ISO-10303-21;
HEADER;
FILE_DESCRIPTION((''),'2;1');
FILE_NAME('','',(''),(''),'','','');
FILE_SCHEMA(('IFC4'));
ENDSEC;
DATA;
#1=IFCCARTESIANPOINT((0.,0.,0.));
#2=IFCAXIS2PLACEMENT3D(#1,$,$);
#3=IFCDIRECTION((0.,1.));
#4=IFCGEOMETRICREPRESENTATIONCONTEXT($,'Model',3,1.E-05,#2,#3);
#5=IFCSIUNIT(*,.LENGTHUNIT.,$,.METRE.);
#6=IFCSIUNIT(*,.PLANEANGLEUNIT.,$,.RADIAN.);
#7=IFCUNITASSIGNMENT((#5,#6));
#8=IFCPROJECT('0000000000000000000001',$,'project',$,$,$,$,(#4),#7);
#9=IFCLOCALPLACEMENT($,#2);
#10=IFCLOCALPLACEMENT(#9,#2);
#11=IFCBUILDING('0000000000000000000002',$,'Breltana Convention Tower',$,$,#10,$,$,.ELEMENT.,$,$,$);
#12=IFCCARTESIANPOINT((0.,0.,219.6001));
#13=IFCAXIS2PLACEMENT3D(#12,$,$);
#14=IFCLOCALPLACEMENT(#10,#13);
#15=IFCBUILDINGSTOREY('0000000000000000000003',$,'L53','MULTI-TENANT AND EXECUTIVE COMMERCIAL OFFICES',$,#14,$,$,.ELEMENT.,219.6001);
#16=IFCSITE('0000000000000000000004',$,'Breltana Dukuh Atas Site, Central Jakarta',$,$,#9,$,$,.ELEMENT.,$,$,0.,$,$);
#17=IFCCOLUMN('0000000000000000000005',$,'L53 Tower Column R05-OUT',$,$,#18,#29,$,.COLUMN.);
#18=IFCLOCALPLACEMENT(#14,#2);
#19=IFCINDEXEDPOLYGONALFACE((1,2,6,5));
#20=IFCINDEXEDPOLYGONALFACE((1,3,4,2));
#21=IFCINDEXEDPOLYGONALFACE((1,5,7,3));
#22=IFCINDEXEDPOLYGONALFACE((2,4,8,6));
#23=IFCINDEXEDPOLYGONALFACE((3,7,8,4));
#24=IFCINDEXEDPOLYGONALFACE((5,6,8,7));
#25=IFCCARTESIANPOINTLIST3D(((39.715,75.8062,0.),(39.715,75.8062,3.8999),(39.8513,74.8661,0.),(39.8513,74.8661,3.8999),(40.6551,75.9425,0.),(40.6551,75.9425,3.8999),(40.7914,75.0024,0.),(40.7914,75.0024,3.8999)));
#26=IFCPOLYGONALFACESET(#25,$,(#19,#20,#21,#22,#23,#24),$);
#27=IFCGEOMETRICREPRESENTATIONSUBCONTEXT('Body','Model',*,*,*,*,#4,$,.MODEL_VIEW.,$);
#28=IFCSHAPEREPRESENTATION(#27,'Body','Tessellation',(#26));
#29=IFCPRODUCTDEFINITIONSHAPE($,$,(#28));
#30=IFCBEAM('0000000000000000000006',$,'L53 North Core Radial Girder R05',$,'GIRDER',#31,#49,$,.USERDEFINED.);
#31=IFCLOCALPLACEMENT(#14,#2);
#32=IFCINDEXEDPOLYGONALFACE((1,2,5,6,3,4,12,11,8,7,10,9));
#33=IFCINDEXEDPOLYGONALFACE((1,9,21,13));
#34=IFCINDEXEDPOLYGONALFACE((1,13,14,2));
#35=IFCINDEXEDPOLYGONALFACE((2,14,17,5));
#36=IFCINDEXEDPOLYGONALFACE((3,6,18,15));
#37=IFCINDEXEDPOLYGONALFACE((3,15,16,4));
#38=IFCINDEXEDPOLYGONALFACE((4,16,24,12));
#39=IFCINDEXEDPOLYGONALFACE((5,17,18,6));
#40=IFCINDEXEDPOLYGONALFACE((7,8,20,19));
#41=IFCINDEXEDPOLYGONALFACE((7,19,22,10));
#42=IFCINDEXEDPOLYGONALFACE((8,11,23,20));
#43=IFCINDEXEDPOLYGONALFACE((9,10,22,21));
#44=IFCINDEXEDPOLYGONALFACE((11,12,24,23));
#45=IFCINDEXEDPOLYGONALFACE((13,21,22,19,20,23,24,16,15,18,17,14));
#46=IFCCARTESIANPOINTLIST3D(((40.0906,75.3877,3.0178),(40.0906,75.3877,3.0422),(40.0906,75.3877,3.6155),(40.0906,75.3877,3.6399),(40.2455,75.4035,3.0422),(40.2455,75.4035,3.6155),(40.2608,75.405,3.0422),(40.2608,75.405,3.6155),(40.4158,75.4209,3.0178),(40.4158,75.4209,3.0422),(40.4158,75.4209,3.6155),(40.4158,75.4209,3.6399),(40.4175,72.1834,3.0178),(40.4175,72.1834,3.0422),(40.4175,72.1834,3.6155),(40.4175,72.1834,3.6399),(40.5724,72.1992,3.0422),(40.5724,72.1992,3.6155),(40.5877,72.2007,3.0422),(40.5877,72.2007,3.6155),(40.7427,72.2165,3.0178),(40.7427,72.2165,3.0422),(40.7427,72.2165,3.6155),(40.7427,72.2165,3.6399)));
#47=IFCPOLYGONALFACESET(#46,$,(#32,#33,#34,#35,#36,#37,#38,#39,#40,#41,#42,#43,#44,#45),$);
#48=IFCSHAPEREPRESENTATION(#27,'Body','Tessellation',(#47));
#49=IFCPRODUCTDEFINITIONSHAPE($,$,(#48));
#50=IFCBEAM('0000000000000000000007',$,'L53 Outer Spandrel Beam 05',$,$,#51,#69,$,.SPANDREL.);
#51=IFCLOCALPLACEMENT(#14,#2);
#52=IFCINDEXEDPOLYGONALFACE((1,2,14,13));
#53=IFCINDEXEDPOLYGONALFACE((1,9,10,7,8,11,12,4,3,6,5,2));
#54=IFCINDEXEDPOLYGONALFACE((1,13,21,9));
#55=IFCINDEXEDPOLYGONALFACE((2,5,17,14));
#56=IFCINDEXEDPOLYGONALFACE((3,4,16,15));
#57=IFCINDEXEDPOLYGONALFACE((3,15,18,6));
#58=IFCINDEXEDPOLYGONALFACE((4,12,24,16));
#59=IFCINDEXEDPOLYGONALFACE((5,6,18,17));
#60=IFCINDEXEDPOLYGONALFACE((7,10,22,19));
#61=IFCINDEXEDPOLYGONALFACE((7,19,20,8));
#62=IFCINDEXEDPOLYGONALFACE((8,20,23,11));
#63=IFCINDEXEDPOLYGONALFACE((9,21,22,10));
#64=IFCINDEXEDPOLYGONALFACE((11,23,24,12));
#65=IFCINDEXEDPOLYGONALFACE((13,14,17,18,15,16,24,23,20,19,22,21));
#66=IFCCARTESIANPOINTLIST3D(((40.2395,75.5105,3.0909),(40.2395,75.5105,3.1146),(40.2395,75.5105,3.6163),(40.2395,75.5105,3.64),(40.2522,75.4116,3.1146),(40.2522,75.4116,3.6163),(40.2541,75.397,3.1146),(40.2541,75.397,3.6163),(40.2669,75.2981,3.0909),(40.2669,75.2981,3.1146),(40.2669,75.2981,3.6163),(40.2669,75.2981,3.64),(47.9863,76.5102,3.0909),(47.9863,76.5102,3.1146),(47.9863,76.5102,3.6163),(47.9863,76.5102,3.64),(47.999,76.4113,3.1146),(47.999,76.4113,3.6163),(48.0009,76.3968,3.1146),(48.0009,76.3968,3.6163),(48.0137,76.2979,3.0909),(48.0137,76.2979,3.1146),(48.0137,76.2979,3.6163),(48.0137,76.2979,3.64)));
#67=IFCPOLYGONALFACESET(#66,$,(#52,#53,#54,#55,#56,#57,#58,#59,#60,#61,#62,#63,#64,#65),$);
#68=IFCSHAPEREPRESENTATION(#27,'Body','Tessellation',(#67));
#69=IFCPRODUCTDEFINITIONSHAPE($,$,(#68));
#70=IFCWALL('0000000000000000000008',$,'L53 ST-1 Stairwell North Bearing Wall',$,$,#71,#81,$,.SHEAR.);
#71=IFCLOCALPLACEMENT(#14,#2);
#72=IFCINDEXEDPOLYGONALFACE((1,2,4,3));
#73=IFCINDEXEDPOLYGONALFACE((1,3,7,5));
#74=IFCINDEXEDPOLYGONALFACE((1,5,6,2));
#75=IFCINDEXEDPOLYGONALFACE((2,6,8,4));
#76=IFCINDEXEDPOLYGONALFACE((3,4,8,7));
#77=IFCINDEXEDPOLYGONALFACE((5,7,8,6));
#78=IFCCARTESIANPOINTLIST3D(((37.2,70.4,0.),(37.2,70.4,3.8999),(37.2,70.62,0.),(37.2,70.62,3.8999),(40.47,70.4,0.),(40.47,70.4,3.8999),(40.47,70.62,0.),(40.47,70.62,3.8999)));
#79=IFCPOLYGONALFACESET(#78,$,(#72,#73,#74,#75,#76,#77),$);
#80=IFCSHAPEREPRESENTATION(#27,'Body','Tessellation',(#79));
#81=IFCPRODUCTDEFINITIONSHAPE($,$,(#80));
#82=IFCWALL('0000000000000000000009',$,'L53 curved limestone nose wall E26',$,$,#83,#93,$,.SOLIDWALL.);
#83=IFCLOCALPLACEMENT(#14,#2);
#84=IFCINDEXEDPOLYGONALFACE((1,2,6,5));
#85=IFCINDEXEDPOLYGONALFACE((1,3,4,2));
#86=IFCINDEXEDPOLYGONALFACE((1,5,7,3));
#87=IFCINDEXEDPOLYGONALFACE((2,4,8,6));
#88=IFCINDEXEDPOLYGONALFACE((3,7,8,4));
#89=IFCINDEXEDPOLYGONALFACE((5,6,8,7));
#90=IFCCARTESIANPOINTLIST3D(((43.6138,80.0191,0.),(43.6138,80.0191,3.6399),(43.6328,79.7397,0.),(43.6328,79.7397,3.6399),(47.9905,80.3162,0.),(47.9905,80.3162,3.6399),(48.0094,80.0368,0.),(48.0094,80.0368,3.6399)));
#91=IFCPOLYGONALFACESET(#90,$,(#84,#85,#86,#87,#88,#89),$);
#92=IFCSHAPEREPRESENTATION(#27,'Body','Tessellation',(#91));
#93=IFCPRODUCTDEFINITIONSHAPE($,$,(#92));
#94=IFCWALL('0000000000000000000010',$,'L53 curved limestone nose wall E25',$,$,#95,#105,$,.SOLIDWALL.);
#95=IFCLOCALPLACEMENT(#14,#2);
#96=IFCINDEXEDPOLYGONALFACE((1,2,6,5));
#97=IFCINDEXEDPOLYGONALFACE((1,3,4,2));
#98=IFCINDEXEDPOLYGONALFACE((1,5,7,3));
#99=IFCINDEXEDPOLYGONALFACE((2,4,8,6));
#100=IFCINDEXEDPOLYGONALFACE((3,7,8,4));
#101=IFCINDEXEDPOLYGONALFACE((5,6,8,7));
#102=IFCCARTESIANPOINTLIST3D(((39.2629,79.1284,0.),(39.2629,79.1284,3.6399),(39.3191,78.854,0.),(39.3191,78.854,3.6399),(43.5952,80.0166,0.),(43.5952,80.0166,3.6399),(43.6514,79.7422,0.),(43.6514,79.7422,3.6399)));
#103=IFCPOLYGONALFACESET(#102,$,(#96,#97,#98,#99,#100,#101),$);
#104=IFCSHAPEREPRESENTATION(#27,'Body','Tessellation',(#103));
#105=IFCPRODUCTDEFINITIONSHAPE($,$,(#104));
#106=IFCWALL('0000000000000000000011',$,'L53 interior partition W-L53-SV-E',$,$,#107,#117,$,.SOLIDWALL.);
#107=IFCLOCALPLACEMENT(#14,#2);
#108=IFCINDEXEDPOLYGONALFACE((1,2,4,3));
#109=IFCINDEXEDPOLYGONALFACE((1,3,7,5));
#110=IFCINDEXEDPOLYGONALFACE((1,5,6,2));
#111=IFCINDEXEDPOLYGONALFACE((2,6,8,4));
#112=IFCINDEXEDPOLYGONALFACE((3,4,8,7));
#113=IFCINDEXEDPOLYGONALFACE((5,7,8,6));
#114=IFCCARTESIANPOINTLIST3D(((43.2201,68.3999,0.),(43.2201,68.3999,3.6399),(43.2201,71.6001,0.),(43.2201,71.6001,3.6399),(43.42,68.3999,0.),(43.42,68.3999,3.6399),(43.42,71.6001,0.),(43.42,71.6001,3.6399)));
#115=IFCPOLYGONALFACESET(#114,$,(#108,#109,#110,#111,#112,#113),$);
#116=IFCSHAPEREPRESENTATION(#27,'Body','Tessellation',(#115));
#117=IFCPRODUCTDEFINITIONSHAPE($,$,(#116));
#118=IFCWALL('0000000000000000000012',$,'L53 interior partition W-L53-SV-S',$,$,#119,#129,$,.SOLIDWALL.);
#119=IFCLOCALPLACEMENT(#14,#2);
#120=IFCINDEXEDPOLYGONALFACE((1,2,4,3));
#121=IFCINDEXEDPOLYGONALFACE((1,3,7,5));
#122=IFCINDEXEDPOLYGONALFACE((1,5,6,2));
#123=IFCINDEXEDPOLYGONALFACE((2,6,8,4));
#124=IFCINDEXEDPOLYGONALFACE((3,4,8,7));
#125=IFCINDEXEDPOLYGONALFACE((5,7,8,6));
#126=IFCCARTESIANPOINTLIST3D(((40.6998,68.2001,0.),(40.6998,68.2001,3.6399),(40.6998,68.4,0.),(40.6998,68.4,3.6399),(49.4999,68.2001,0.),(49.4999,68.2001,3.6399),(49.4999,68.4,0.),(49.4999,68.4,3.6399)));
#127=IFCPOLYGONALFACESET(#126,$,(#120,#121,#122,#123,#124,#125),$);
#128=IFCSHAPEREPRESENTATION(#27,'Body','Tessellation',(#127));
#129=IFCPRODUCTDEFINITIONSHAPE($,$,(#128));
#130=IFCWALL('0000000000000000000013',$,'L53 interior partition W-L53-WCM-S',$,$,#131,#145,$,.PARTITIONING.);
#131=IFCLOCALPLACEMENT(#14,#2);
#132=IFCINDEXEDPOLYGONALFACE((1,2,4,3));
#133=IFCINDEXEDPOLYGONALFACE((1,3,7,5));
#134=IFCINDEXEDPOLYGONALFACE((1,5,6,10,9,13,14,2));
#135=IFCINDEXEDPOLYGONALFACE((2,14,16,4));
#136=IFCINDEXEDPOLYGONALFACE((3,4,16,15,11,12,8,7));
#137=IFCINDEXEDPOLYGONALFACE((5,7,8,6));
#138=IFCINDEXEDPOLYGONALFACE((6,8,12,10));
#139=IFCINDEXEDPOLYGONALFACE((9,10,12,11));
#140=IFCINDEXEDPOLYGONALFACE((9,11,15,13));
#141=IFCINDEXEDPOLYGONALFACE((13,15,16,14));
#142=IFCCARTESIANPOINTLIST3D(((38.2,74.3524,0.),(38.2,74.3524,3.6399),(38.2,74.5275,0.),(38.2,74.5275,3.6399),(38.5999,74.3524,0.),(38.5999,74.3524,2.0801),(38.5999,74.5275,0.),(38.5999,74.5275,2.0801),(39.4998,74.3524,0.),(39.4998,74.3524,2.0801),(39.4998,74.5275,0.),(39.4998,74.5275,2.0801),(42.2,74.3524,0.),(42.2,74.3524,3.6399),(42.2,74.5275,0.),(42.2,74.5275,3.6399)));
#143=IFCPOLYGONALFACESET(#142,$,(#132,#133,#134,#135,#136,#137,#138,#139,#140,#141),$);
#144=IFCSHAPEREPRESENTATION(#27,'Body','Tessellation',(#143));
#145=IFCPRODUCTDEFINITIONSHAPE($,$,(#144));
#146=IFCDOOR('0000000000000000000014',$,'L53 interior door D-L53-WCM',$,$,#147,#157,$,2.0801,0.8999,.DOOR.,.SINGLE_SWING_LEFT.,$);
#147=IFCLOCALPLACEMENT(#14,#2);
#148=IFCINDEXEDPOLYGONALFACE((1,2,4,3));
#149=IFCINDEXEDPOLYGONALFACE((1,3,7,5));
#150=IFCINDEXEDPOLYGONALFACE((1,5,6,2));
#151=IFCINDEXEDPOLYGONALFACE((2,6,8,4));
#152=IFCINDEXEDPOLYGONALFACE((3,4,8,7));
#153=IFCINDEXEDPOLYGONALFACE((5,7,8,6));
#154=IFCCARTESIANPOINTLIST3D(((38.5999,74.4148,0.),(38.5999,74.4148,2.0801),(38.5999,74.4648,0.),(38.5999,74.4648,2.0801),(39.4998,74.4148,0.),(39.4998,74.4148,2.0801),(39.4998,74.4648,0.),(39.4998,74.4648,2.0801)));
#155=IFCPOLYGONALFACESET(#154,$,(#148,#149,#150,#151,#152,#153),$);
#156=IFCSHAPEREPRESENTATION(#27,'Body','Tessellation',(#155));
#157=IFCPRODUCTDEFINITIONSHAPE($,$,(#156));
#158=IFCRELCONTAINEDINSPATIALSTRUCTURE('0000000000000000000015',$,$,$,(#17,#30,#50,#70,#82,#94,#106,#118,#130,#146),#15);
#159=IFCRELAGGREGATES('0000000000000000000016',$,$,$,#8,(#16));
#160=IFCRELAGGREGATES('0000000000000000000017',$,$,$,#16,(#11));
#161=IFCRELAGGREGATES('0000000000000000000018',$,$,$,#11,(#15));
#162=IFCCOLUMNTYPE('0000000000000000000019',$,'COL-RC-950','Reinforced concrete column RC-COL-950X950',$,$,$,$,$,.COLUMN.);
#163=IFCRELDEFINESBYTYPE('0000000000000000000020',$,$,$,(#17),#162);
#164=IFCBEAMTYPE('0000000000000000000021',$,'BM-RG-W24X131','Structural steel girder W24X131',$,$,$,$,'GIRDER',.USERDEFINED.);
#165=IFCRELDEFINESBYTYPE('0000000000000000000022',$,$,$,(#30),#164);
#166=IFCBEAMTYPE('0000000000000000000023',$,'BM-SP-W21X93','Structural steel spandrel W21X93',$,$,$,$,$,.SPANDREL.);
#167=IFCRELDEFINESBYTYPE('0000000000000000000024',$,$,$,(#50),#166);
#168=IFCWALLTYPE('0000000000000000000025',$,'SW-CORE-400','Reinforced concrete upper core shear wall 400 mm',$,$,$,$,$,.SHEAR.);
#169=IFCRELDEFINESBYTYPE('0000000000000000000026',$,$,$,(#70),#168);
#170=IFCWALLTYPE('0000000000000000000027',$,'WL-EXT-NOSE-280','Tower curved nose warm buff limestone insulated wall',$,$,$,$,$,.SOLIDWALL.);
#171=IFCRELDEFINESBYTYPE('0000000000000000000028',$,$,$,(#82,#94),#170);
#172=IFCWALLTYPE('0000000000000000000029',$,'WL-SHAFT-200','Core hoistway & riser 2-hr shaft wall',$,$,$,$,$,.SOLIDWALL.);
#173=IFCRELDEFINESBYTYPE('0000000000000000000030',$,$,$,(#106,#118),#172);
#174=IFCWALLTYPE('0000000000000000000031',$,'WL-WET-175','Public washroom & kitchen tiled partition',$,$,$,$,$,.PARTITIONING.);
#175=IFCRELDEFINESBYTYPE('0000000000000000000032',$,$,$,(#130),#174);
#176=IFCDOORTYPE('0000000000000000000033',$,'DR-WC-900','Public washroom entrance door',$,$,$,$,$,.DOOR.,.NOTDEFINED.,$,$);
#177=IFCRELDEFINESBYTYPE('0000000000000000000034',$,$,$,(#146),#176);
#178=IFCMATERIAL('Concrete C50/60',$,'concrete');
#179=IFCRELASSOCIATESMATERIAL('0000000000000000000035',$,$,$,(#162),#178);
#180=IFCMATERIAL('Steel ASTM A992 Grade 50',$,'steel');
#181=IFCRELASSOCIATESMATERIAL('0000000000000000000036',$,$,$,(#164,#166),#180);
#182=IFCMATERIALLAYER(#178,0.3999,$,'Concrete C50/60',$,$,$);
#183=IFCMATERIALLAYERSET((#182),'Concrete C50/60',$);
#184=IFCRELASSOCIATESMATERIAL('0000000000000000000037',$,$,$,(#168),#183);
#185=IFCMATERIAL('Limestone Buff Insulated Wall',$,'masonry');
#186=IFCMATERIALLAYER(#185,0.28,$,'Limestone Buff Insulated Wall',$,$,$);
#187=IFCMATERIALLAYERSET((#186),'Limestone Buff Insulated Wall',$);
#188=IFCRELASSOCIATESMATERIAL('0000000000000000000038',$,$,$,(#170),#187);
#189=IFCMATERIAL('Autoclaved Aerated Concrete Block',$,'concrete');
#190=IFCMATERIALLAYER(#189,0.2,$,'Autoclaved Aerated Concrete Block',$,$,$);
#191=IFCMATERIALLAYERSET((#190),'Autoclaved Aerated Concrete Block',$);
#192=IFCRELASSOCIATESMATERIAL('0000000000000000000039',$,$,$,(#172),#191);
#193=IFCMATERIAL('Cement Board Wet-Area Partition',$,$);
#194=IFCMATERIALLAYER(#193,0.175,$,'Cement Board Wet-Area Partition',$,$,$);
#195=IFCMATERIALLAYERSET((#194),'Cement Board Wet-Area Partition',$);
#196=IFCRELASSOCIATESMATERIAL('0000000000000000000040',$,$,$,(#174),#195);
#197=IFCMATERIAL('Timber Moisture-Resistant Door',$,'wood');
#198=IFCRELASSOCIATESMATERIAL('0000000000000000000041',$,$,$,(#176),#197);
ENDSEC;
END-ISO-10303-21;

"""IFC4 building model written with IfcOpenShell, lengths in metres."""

from ifc_helpers import new_model, si_unit, direction, frame, frame_2d, origin, origin_2d, place, context, subcontext, project, spatial, rectangle, i_section, extrude, source, transform, mapped, material, layer, layer_set, material_profile, profile_set, type_object, type_shapes, element, fill, save


model = new_model("IFC4")

# Units and contexts
model_context = context("Model", 3, precision=1e-05, world=origin(), true_north=direction((0.0, 1.0)))
body_context = subcontext(model_context, "Body", "Model", "MODEL_VIEW")
ifc_project = project(units=[si_unit("LENGTHUNIT", "METRE"), si_unit("PLANEANGLEUNIT", "RADIAN")], contexts=[model_context])

# Site, building, storey
site_placement = place(None, origin())
site = spatial("IfcSite", under=ifc_project, at=site_placement, Name="Breltana Dukuh Atas Site, Central Jakarta", CompositionType="ELEMENT", RefElevation=0.0)
building_placement = place(site_placement, origin())
building = spatial("IfcBuilding", under=site, at=building_placement, Name="Breltana Convention Tower", CompositionType="ELEMENT")
storey_placement = place(building_placement, frame((0.0, 0.0, 219.6001)))
storey = spatial("IfcBuildingStorey", under=building, at=storey_placement, Name="L53", Description="MULTI-TENANT AND EXECUTIVE COMMERCIAL OFFICES", CompositionType="ELEMENT", Elevation=219.6001)

# Column
ifc_material_1 = material(Name="Concrete C50/60", Category="concrete")
ifc_material_profile_1 = material_profile(ifc_material_1, rectangle(XDim=0.95, YDim=0.95, at=origin_2d()), Name="RC-COL-950X950")
ifc_profile_set_1 = profile_set([ifc_material_profile_1], Name="Concrete C50/60")
column_type = type_object("IfcColumnType", Name="COL-RC-950", Description="Reinforced concrete column RC-COL-950X950", PredefinedType="COLUMN", material=ifc_profile_set_1)
shared_shape_1 = source(origin(), body_context, "Body", "SweptSolid", [
    extrude(rectangle(XDim=0.95, YDim=0.95, at=origin_2d()), origin(), (0.0, 0.0, 1.0), 3.8999),
])
column_placement = place(storey_placement, frame((40.2532, 75.4043, 0.0), z_axis=(0.0, 0.0, 1.0), x_axis=(-0.143493, 0.989651, 0.0)))
element("IfcColumn", 1, at=column_placement, inside=storey, type_object=column_type, Name="L53 Tower Column R05-OUT", PredefinedType="COLUMN", context=body_context, shape_type="MappedRepresentation", body=[
    mapped(shared_shape_1, transform((0.0, 0.0, 0.0), scale=1.0)),
])

# Beams
ifc_material_2 = material(Name="Steel ASTM A992 Grade 50", Category="steel")
ifc_material_profile_2 = material_profile(ifc_material_2, i_section(OverallWidth=0.3269, OverallDepth=0.6221, WebThickness=0.0154, FlangeThickness=0.0244, at=origin_2d()), Name="W24X131")
ifc_profile_set_2 = profile_set([ifc_material_profile_2], Name="Steel ASTM A992 Grade 50")
beam_type_1 = type_object("IfcBeamType", Name="BM-RG-W24X131", Description="Structural steel girder W24X131", ElementType="GIRDER", PredefinedType="USERDEFINED", material=ifc_profile_set_2)
shared_shape_2 = source(origin(), body_context, "Body", "SweptSolid", [
    extrude(i_section(OverallWidth=0.3269, OverallDepth=0.6221, WebThickness=0.0154, FlangeThickness=0.0244, at=origin_2d()), origin(), (0.0, 0.0, 1.0), 3.2209),
])
beam_1_placement = place(storey_placement, frame((40.5801, 72.2, 3.3289), z_axis=(-0.101492, 0.994836, 0.0), x_axis=(-0.994836, -0.101492, 0.0)))
element("IfcBeam", 2, at=beam_1_placement, inside=storey, type_object=beam_type_1, Name="L53 North Core Radial Girder R05", ObjectType="GIRDER", PredefinedType="USERDEFINED", context=body_context, shape_type="MappedRepresentation", body=[
    mapped(shared_shape_2, transform((0.0, 0.0, 0.0), scale=1.0)),
])
ifc_material_profile_3 = material_profile(ifc_material_2, i_section(OverallWidth=0.2141, OverallDepth=0.5491, WebThickness=0.0146, FlangeThickness=0.0237, at=origin_2d()), Name="W21X93")
ifc_profile_set_3 = profile_set([ifc_material_profile_3], Name="Steel ASTM A992 Grade 50")
beam_type_2 = type_object("IfcBeamType", Name="BM-SP-W21X93", Description="Structural steel spandrel W21X93", PredefinedType="SPANDREL", material=ifc_profile_set_3)
shared_shape_3 = source(origin(), body_context, "Body", "SweptSolid", [
    extrude(i_section(OverallWidth=0.2141, OverallDepth=0.5491, WebThickness=0.0146, FlangeThickness=0.0237, at=origin_2d()), origin(), (0.0, 0.0, 1.0), 7.811),
])
beam_2_placement = place(storey_placement, frame((40.2532, 75.4043, 3.3655), z_axis=(0.991775, 0.127992, 0.0), x_axis=(-0.127992, 0.991775, 0.0)))
element("IfcBeam", 3, at=beam_2_placement, inside=storey, type_object=beam_type_2, Name="L53 Outer Spandrel Beam 05", PredefinedType="SPANDREL", context=body_context, shape_type="MappedRepresentation", body=[
    mapped(shared_shape_3, transform((0.0, 0.0, 0.0), scale=1.0)),
])

# Wall
ifc_layer_1 = layer(ifc_material_1, 0.3999, Name="Concrete C50/60")
ifc_layer_set_1 = layer_set([ifc_layer_1], Name="Concrete C50/60")
wall_type_1 = type_object("IfcWallType", Name="SW-CORE-400", Description="Reinforced concrete upper core shear wall 400 mm", PredefinedType="SHEAR", material=ifc_layer_set_1)
shared_shape_4 = source(origin(), body_context, "Body", "SweptSolid", [
    extrude(rectangle(XDim=3.27, YDim=0.22, at=frame_2d((1.635, 0.0))), origin(), (0.0, 0.0, 1.0), 3.8999),
])
wall_1_placement = place(storey_placement, frame((37.2, 70.51, 0.0), z_axis=(0.0, 0.0, 1.0), x_axis=(1.0, 0.0, 0.0)))
element("IfcWall", 4, at=wall_1_placement, inside=storey, type_object=wall_type_1, Name="L53 ST-1 Stairwell North Bearing Wall", PredefinedType="SHEAR", context=body_context, shape_type="MappedRepresentation", body=[
    mapped(shared_shape_4, transform((0.0, 0.0, 0.0), scale=1.0)),
])

# Walls
ifc_material_3 = material(Name="Limestone Buff Insulated Wall", Category="masonry")
ifc_layer_2 = layer(ifc_material_3, 0.28, Name="Limestone Buff Insulated Wall")
ifc_layer_set_2 = layer_set([ifc_layer_2], Name="Limestone Buff Insulated Wall")
wall_type_2 = type_object("IfcWallType", Name="WL-EXT-NOSE-280", Description="Tower curved nose warm buff limestone insulated wall", PredefinedType="SOLIDWALL", material=ifc_layer_set_2)
shared_shape_5 = source(origin(), body_context, "Body", "SweptSolid", [
    extrude(rectangle(XDim=4.3867, YDim=0.28, at=frame_2d((2.1934, 0.0))), origin(), (0.0, 0.0, 1.0), 3.6399),
])
wall_2_placement = place(storey_placement, frame((43.6233, 79.8794, 0.0), z_axis=(0.0, 0.0, 1.0), x_axis=(0.997704, 0.067731, 0.0)))
element("IfcWall", 5, at=wall_2_placement, inside=storey, type_object=wall_type_2, Name="L53 curved limestone nose wall E26", PredefinedType="SOLIDWALL", context=body_context, shape_type="MappedRepresentation", body=[
    mapped(shared_shape_5, transform((0.0, 0.0, 0.0), scale=1.0)),
])
shared_shape_6 = source(origin(), body_context, "Body", "SweptSolid", [
    extrude(rectangle(XDim=4.4224, YDim=0.28, at=frame_2d((2.2112, 0.0))), origin(), (0.0, 0.0, 1.0), 3.6399),
])
wall_3_placement = place(storey_placement, frame((39.291, 78.9912, 0.0), z_axis=(0.0, 0.0, 1.0), x_axis=(0.979624, 0.200838, 0.0)))
element("IfcWall", 6, at=wall_3_placement, inside=storey, type_object=wall_type_2, Name="L53 curved limestone nose wall E25", PredefinedType="SOLIDWALL", context=body_context, shape_type="MappedRepresentation", body=[
    mapped(shared_shape_6, transform((0.0, 0.0, 0.0), scale=1.0)),
])
ifc_material_4 = material(Name="Autoclaved Aerated Concrete Block", Category="concrete")
ifc_layer_3 = layer(ifc_material_4, 0.2, Name="Autoclaved Aerated Concrete Block")
ifc_layer_set_3 = layer_set([ifc_layer_3], Name="Autoclaved Aerated Concrete Block")
wall_type_3 = type_object("IfcWallType", Name="WL-SHAFT-200", Description="Core hoistway & riser 2-hr shaft wall", PredefinedType="SOLIDWALL", material=ifc_layer_set_3)
shared_shape_7 = source(origin(), body_context, "Body", "SweptSolid", [
    extrude(rectangle(XDim=3.2002, YDim=0.2, at=frame_2d((1.6001, 0.0))), origin(), (0.0, 0.0, 1.0), 3.6399),
])
wall_4_placement = place(storey_placement, frame((43.3201, 68.3999, 0.0), z_axis=(0.0, 0.0, 1.0), x_axis=(0.0, 1.0, 0.0)))
element("IfcWall", 7, at=wall_4_placement, inside=storey, type_object=wall_type_3, Name="L53 interior partition W-L53-SV-E", PredefinedType="SOLIDWALL", context=body_context, shape_type="MappedRepresentation", body=[
    mapped(shared_shape_7, transform((0.0, 0.0, 0.0), scale=1.0)),
])
shared_shape_8 = source(origin(), body_context, "Body", "SweptSolid", [
    extrude(rectangle(XDim=8.8, YDim=0.2, at=frame_2d((4.3999, 0.0))), origin(), (0.0, 0.0, 1.0), 3.6399),
])
wall_5_placement = place(storey_placement, frame((40.7, 68.3, 0.0), z_axis=(0.0, 0.0, 1.0), x_axis=(1.0, 0.0, 0.0)))
element("IfcWall", 8, at=wall_5_placement, inside=storey, type_object=wall_type_3, Name="L53 interior partition W-L53-SV-S", PredefinedType="SOLIDWALL", context=body_context, shape_type="MappedRepresentation", body=[
    mapped(shared_shape_8, transform((0.0, 0.0, 0.0), scale=1.0)),
])

# Wall, opening, door
ifc_material_5 = material(Name="Cement Board Wet-Area Partition")
ifc_layer_4 = layer(ifc_material_5, 0.175, Name="Cement Board Wet-Area Partition")
ifc_layer_set_4 = layer_set([ifc_layer_4], Name="Cement Board Wet-Area Partition")
wall_type_4 = type_object("IfcWallType", Name="WL-WET-175", Description="Public washroom & kitchen tiled partition", PredefinedType="PARTITIONING", material=ifc_layer_set_4)
shared_shape_9 = source(origin(), body_context, "Body", "SweptSolid", [
    extrude(rectangle(XDim=4.0, YDim=0.175, at=frame_2d((2.0, 0.0))), origin(), (0.0, 0.0, 1.0), 3.6399),
])
wall_6_placement = place(storey_placement, frame((38.2, 74.4399, 0.0), z_axis=(0.0, 0.0, 1.0), x_axis=(1.0, 0.0, 0.0)))
wall_6 = element("IfcWall", 9, at=wall_6_placement, inside=storey, type_object=wall_type_4, Name="L53 interior partition W-L53-WCM-S", PredefinedType="PARTITIONING", context=body_context, shape_type="MappedRepresentation", body=[
    mapped(shared_shape_9, transform((0.0, 0.0, 0.0), scale=1.0)),
])
opening_1_placement = place(wall_6_placement, frame((0.3999, 0.0, 0.0)))
opening_1 = element("IfcOpeningElement", 10, at=opening_1_placement, cuts=wall_6, PredefinedType="OPENING", context=body_context, shape_type="SweptSolid", body=[
    extrude(rectangle(XDim=0.8999, YDim=2.0801, at=frame_2d((0.45, 1.04))), frame((0.0, 0.0977, 0.0), z_axis=(0.0, -1.0, 0.0), x_axis=(1.0, 0.0, 0.0)), (0.0, 0.0, 1.0), 0.1951),
])
ifc_material_6 = material(Name="Timber Moisture-Resistant Door", Category="wood")
door_type_1 = type_object("IfcDoorType", Name="DR-WC-900", Description="Public washroom entrance door", OperationType="NOTDEFINED", PredefinedType="DOOR", material=ifc_material_6)
shared_shape_10 = source(origin(), body_context, "Body", "SweptSolid", [
    extrude(rectangle(XDim=0.8999, YDim=2.0801, at=frame_2d((0.45, 1.04))), frame((0.0, 0.0249, 0.0), z_axis=(0.0, -1.0, 0.0), x_axis=(1.0, 0.0, 0.0)), (0.0, 0.0, 1.0), 0.05),
])
type_shapes(door_type_1, [shared_shape_10])
door_1_placement = place(opening_1_placement, origin())
door_1 = element("IfcDoor", 11, at=door_1_placement, inside=storey, type_object=door_type_1, Name="L53 interior door D-L53-WCM", OperationType="SINGLE_SWING_LEFT", OverallHeight=2.0801, OverallWidth=0.8999, PredefinedType="DOOR", context=body_context, shape_type="MappedRepresentation", body=[
    mapped(shared_shape_10, transform((0.0, 0.0, 0.0), scale=1.0)),
])
fill(opening_1, door_1)

save(model, "model.ifc")
